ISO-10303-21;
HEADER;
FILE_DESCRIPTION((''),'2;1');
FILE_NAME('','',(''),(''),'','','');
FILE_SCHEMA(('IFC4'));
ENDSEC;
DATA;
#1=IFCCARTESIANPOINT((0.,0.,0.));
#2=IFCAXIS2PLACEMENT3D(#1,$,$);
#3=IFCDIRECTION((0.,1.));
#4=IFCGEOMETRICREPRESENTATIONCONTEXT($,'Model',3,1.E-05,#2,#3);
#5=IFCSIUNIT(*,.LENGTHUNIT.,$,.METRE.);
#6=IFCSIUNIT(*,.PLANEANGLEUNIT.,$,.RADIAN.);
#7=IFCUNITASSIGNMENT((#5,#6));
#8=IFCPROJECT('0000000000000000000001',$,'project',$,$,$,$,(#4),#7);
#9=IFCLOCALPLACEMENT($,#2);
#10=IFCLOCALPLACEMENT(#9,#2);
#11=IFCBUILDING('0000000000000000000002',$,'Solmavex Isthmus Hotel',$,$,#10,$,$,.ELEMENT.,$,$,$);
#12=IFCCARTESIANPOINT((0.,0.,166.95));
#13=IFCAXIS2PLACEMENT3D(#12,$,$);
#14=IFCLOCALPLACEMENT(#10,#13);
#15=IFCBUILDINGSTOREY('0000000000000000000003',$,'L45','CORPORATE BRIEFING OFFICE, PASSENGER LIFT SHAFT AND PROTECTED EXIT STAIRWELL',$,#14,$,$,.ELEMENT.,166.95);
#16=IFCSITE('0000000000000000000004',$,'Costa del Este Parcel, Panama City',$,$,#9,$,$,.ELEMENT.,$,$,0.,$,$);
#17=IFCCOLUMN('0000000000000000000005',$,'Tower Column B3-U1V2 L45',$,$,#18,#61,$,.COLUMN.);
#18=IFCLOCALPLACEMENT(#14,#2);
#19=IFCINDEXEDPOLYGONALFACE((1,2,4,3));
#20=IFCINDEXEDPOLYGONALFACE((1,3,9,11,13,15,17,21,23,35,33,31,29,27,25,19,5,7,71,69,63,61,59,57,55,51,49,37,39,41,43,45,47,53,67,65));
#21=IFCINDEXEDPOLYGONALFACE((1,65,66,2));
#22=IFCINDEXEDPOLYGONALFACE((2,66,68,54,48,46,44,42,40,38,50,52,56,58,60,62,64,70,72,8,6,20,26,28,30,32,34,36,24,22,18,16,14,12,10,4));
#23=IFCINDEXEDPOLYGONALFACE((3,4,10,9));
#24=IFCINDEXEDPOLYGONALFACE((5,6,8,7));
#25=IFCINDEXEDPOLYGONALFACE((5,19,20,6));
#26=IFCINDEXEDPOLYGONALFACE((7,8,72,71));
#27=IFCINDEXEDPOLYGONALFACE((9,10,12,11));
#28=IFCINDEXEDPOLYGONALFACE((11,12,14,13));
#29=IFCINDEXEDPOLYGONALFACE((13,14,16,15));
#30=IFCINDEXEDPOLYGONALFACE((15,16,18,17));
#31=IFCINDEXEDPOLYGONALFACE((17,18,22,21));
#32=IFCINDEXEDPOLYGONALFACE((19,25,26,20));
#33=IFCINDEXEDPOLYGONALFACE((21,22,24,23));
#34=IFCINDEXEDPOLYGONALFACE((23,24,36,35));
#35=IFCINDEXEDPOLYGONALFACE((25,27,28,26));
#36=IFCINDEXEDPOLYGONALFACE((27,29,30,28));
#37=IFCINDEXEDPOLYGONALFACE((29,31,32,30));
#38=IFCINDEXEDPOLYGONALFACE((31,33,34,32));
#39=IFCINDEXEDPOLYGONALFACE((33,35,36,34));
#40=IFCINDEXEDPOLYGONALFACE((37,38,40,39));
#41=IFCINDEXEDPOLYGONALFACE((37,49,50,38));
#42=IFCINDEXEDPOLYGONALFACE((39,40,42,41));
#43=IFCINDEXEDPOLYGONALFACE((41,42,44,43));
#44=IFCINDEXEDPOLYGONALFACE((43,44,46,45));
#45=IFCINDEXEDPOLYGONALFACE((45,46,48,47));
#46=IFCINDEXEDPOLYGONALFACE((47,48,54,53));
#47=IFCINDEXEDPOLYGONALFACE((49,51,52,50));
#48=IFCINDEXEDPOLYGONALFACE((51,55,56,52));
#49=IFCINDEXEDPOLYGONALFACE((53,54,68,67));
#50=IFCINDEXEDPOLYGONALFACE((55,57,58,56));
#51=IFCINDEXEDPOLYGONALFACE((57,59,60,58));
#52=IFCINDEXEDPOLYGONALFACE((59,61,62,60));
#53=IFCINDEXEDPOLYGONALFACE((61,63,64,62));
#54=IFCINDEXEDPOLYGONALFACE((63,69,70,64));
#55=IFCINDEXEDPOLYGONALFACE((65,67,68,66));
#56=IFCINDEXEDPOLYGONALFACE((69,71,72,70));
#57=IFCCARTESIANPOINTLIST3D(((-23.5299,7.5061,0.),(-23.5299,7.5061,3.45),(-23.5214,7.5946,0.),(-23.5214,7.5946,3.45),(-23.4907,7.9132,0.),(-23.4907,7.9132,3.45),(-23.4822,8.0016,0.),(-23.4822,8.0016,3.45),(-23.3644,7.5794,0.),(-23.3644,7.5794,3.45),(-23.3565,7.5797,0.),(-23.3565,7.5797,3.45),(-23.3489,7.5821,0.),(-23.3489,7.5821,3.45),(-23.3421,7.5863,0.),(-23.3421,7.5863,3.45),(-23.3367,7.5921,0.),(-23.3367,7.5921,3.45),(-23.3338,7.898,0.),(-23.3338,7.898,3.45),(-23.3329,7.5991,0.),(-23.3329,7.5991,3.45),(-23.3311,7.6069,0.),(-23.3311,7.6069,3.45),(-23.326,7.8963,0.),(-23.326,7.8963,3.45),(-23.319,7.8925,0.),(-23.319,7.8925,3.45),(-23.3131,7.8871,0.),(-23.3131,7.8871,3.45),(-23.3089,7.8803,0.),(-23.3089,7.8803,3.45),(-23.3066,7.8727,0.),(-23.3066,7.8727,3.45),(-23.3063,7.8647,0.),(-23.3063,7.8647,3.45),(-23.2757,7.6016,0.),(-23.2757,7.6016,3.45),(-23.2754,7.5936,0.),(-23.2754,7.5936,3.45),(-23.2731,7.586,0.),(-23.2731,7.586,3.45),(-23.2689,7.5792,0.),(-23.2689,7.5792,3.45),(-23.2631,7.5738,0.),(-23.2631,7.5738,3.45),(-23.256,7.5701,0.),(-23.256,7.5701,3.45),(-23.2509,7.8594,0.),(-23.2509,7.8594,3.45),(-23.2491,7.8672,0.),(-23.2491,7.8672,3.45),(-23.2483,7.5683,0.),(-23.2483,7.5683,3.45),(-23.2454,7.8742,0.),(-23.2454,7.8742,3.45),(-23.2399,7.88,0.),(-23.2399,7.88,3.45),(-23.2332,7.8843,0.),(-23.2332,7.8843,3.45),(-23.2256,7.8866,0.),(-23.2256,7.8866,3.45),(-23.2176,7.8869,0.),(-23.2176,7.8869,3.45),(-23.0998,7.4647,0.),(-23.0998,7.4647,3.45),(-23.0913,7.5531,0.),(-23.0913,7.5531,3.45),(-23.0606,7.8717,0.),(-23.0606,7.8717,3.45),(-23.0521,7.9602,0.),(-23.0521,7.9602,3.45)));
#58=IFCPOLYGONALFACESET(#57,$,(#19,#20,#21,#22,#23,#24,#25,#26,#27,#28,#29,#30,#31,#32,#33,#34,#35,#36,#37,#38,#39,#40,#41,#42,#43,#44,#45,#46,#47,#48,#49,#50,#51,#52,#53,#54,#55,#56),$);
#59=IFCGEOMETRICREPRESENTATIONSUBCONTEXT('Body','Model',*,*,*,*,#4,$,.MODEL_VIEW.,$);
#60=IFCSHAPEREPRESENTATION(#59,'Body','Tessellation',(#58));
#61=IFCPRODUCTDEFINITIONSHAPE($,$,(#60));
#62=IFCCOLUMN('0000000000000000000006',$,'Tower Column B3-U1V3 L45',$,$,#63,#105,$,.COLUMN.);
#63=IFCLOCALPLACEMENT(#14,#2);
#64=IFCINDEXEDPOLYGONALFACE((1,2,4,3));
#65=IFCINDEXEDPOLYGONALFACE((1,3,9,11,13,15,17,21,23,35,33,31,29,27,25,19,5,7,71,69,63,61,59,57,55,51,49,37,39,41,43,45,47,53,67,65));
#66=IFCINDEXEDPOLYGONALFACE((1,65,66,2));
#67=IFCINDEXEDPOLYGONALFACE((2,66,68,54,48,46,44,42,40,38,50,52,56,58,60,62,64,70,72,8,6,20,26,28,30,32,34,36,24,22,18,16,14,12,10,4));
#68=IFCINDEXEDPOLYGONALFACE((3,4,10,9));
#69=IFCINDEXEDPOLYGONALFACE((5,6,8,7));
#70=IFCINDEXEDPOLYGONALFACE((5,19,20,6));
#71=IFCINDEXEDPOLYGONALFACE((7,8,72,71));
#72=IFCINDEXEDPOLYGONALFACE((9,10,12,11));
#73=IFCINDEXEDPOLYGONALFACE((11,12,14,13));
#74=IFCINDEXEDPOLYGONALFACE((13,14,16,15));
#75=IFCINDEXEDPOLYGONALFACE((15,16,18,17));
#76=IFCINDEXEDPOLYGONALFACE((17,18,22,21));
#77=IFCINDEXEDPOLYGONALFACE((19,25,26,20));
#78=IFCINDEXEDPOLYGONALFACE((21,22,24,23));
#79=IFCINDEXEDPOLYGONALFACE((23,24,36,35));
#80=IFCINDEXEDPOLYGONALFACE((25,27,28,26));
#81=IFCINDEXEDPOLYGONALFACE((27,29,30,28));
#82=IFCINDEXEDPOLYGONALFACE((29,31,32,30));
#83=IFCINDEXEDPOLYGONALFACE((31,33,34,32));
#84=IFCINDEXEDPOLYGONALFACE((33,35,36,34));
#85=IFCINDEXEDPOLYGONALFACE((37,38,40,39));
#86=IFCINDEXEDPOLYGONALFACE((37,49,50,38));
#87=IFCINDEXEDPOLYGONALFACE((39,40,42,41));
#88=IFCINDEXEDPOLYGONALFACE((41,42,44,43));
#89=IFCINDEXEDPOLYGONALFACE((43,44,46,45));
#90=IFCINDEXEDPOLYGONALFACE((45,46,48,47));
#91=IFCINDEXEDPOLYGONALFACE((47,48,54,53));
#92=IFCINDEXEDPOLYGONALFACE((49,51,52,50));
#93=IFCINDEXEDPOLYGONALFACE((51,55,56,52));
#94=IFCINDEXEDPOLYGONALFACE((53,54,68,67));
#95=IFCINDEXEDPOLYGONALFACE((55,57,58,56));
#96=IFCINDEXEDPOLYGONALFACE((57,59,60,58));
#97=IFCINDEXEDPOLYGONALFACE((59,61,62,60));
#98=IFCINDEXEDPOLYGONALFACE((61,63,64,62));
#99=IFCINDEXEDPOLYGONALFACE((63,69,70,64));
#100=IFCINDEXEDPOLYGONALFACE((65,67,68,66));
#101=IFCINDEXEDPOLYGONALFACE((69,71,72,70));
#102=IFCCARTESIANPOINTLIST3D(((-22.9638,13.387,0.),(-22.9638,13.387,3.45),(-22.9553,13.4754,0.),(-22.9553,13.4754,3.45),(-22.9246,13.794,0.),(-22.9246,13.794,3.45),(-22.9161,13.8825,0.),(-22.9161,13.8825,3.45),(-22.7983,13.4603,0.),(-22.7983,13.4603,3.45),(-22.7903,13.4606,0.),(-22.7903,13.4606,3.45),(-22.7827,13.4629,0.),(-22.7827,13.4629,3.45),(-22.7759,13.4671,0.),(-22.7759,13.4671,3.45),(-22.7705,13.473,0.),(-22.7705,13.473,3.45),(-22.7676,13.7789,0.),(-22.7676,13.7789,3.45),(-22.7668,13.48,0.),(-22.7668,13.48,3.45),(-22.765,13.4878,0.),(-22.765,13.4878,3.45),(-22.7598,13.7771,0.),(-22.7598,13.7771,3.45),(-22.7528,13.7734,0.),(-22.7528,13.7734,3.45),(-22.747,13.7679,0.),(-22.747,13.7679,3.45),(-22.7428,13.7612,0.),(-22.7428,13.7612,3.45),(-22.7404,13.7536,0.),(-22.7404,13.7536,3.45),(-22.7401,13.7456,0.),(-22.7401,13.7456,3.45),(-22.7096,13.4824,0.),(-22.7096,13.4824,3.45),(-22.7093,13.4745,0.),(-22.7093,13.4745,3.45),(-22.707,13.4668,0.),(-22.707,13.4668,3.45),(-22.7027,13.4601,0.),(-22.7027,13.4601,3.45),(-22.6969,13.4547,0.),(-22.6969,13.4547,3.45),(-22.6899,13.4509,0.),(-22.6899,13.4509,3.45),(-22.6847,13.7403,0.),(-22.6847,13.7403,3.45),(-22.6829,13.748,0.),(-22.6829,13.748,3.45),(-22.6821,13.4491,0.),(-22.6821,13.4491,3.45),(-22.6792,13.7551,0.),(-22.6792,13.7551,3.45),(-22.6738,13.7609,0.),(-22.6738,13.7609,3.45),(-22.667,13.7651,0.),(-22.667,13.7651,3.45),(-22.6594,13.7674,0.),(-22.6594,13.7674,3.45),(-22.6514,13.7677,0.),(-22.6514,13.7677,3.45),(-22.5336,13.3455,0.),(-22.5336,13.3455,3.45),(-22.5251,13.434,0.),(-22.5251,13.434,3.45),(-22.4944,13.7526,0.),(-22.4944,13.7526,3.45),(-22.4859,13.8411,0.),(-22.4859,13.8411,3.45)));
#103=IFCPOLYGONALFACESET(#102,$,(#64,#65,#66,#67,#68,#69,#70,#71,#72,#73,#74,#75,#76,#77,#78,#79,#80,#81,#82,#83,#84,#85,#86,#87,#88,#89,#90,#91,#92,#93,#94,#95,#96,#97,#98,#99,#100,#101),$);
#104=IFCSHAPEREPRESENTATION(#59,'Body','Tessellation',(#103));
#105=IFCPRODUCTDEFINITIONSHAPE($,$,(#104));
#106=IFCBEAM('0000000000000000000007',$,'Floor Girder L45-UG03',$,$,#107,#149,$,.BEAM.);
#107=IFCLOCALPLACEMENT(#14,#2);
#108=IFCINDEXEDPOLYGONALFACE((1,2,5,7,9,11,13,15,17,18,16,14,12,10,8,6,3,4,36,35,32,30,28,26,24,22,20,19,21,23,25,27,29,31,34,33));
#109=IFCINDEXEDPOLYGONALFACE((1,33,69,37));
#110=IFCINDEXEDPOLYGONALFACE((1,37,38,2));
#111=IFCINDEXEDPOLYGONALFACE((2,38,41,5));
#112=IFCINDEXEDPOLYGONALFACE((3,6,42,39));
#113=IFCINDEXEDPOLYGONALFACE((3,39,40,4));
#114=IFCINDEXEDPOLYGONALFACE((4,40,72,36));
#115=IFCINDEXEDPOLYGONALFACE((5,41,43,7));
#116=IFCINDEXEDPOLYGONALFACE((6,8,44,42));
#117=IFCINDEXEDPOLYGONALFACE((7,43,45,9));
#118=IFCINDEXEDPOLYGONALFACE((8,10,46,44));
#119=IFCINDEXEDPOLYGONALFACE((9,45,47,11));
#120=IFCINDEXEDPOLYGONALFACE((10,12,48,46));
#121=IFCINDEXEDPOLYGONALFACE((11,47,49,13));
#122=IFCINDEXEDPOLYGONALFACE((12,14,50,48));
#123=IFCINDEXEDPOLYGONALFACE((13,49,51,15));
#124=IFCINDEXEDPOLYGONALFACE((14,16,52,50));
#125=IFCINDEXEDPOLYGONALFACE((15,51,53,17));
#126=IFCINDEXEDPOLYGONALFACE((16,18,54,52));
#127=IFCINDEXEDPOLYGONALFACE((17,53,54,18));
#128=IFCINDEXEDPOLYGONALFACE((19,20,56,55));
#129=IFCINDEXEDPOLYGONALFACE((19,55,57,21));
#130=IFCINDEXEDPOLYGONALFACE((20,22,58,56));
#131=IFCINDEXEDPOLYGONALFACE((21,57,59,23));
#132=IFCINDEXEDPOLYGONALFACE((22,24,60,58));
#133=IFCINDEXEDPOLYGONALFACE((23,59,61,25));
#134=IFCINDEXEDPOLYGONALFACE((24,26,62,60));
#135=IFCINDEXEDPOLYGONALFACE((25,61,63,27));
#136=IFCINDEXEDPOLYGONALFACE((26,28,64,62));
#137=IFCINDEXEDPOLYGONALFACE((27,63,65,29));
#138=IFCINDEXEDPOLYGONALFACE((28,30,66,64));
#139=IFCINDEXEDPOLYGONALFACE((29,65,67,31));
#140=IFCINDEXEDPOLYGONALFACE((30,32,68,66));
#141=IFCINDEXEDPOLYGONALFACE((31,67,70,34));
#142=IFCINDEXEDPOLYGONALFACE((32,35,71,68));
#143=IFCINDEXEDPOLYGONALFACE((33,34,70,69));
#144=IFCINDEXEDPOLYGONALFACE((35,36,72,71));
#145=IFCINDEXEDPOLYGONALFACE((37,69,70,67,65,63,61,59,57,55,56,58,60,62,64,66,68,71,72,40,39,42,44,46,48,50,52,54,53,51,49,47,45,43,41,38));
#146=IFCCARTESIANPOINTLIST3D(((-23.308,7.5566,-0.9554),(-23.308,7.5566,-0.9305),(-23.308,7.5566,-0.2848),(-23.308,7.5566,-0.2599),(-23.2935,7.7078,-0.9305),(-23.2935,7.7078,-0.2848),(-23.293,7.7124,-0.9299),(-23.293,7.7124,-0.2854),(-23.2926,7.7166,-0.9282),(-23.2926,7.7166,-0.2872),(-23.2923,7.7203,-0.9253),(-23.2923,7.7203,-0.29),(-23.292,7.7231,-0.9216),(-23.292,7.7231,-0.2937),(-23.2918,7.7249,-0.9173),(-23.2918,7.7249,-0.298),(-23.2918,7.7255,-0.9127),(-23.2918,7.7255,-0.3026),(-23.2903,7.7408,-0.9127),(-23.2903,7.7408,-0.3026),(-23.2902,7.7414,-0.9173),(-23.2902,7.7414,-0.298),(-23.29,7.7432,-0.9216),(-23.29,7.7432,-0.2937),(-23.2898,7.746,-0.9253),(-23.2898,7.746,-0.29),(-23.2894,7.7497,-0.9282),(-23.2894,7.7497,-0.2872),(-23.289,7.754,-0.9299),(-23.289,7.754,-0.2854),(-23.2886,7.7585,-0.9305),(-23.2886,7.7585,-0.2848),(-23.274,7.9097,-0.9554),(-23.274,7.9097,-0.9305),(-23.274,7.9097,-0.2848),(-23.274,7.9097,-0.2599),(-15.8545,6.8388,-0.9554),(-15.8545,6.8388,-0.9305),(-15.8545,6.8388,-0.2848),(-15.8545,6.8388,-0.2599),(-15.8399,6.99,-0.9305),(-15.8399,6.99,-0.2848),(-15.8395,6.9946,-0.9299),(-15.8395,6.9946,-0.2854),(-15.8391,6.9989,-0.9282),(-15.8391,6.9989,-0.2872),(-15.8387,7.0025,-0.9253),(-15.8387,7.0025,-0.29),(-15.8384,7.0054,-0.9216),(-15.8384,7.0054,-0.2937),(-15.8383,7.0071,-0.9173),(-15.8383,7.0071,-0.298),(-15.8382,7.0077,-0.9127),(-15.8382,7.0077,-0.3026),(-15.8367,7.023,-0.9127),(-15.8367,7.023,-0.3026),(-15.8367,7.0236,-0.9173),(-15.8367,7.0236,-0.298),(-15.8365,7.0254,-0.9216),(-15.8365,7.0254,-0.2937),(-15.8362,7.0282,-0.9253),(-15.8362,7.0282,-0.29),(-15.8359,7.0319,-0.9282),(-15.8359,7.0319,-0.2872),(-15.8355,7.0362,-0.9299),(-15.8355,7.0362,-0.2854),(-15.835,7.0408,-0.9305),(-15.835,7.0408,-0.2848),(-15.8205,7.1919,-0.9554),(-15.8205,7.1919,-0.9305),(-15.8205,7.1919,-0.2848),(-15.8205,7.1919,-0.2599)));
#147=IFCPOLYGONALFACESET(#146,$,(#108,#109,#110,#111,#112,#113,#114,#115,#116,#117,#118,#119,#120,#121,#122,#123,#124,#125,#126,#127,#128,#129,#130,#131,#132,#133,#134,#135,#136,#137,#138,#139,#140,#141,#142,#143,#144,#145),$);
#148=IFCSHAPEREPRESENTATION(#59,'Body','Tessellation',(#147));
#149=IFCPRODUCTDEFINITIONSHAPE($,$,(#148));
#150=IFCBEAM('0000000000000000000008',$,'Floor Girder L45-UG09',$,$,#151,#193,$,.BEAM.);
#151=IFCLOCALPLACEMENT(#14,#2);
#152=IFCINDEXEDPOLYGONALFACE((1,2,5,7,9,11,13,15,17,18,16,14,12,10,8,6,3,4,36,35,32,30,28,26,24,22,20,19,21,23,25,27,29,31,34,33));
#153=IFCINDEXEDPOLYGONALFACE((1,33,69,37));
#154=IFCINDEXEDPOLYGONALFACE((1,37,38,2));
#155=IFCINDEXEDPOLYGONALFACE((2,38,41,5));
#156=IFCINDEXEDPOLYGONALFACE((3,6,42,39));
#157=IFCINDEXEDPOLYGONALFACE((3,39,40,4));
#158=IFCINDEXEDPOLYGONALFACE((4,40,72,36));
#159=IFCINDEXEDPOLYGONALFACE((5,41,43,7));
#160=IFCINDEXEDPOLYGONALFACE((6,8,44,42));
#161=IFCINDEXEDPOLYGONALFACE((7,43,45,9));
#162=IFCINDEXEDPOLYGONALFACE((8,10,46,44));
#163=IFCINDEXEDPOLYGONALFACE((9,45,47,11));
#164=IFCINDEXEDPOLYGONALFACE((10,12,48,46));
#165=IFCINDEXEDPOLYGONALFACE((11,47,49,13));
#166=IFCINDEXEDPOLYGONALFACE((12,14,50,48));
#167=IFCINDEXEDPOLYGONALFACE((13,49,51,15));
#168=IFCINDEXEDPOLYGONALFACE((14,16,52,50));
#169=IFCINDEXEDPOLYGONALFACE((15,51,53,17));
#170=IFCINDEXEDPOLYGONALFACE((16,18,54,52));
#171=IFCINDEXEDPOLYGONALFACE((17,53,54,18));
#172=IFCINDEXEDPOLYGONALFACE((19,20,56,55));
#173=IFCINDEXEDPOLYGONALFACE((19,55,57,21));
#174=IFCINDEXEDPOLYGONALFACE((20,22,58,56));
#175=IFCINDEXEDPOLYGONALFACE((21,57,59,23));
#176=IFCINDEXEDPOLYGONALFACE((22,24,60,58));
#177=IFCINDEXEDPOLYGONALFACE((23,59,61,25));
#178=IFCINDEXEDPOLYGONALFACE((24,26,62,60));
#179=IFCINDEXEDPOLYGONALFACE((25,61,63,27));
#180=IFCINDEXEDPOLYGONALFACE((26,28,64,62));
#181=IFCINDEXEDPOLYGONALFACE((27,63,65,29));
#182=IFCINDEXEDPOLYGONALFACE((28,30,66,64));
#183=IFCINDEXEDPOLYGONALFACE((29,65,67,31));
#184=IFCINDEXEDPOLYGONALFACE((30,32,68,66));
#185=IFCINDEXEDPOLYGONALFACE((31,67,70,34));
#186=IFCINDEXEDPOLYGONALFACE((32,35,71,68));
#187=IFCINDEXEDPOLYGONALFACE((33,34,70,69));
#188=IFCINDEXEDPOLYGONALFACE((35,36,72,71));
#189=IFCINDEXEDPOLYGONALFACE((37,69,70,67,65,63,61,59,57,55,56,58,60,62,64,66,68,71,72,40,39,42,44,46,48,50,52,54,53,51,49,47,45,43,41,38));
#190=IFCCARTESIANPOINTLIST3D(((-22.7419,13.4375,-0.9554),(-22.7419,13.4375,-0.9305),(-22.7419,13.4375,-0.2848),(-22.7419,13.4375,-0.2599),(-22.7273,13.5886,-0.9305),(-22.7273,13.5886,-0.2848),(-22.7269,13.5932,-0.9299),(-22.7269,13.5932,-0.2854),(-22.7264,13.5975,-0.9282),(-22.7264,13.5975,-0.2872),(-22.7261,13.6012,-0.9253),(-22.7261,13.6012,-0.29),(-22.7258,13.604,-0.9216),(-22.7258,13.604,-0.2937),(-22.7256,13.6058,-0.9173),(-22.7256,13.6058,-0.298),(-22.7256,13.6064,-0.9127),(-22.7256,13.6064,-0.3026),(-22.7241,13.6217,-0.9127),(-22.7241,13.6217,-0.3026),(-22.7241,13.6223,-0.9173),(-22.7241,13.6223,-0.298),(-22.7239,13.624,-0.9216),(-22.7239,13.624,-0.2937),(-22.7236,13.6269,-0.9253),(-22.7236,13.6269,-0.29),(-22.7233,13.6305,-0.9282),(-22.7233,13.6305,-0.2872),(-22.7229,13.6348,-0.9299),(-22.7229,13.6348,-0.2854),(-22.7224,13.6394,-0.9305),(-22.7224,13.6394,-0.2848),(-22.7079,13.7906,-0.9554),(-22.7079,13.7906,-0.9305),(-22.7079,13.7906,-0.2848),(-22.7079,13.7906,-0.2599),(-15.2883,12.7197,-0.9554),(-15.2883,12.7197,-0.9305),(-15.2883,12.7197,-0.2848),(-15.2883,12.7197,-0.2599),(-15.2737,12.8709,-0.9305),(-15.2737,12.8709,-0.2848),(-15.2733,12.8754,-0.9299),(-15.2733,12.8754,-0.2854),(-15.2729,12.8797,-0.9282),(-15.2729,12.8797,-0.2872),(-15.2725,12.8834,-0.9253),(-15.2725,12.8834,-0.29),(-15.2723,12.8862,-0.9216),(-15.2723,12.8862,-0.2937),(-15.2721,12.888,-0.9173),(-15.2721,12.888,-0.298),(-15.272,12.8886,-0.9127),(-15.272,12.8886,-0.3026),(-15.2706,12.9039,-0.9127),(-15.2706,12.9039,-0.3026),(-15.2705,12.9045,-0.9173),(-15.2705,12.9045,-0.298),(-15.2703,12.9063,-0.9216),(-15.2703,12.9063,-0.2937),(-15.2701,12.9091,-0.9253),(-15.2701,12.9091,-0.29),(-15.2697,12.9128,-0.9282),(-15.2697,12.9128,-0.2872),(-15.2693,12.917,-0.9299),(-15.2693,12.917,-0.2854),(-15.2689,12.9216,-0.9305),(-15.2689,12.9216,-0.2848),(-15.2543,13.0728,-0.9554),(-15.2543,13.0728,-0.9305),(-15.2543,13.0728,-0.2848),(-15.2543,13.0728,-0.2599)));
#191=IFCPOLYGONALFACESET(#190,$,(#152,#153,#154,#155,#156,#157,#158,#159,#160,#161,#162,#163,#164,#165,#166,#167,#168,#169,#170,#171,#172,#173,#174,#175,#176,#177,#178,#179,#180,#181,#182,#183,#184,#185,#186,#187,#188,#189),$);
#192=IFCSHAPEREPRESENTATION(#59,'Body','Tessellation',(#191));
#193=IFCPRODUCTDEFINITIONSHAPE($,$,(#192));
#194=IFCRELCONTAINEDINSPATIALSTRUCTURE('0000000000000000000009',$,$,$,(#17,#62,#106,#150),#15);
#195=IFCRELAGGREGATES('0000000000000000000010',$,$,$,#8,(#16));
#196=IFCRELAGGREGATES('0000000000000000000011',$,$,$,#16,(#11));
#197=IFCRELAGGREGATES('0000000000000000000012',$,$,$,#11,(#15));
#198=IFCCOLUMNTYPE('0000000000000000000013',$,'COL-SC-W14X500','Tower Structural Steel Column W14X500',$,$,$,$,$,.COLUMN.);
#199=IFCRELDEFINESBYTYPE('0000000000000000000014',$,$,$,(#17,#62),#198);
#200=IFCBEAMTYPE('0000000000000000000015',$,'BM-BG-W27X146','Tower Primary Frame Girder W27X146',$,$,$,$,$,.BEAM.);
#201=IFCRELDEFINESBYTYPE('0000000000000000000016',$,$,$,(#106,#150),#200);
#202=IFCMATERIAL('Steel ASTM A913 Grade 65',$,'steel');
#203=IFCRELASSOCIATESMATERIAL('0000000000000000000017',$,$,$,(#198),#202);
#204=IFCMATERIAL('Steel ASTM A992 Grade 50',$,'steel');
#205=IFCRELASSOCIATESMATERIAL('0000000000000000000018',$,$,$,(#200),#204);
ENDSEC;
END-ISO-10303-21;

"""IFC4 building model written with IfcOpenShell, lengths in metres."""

from ifc_helpers import new_model, si_unit, direction, frame, origin, origin_2d, place, context, subcontext, project, spatial, i_section, extrude, material, material_profile, profile_set, type_object, element, save


model = new_model("IFC4")

# Units and contexts
model_context = context("Model", 3, precision=1e-05, world=origin(), true_north=direction((0.0, 1.0)))
body_context = subcontext(model_context, "Body", "Model", "MODEL_VIEW")
ifc_project = project(units=[si_unit("LENGTHUNIT", "METRE"), si_unit("PLANEANGLEUNIT", "RADIAN")], contexts=[model_context])

# Site, building, storey
site_placement = place(None, origin())
site = spatial("IfcSite", under=ifc_project, at=site_placement, Name="Costa del Este Parcel, Panama City", CompositionType="ELEMENT", RefElevation=0.0)
building_placement = place(site_placement, origin())
building = spatial("IfcBuilding", under=site, at=building_placement, Name="Solmavex Isthmus Hotel", CompositionType="ELEMENT")
storey_placement = place(building_placement, frame((0.0, 0.0, 166.95)))
storey = spatial("IfcBuildingStorey", under=building, at=storey_placement, Name="L45", Description="CORPORATE BRIEFING OFFICE, PASSENGER LIFT SHAFT AND PROTECTED EXIT STAIRWELL", CompositionType="ELEMENT", Elevation=166.95)

# Columns
ifc_material_1 = material(Name="Steel ASTM A913 Grade 65", Category="steel")
ifc_material_profile_1 = material_profile(ifc_material_1, i_section(OverallWidth=0.4321, OverallDepth=0.4978, WebThickness=0.0557, FlangeThickness=0.0889, FilletRadius=0.0305, at=origin_2d()), Name="W14X500")
ifc_profile_set_1 = profile_set([ifc_material_profile_1], Name="Steel ASTM A913 Grade 65")
column_type = type_object("IfcColumnType", Name="COL-SC-W14X500", Description="Tower Structural Steel Column W14X500", PredefinedType="COLUMN", material=ifc_profile_set_1)
for number, where, z_axis, x_axis, name in (
    (1, (-23.291, 7.7332, 0.0), (0.0, 0.0, 1.0), (0.995396, -0.095846, 0.0), "Tower Column B3-U1V2 L45"),
    (2, (-22.7249, 13.614, 0.0), (0.0, 0.0, 1.0), (0.995396, -0.095846, 0.0), "Tower Column B3-U1V3 L45"),
):
    element("IfcColumn", number, at=place(storey_placement, frame(where, z_axis=z_axis, x_axis=x_axis)), inside=storey, type_object=column_type, Name=name, PredefinedType="COLUMN", context=body_context, shape_type="SweptSolid", body=[
        extrude(i_section(OverallWidth=0.4321, OverallDepth=0.4978, WebThickness=0.0557, FlangeThickness=0.0889, FilletRadius=0.0305, at=origin_2d()), origin(), (0.0, 0.0, 1.0), 3.45),
    ])

# Beams
ifc_material_2 = material(Name="Steel ASTM A992 Grade 50", Category="steel")
ifc_material_profile_2 = material_profile(ifc_material_2, i_section(OverallWidth=0.3547, OverallDepth=0.6956, WebThickness=0.0154, FlangeThickness=0.0249, FilletRadius=0.0178, at=origin_2d()), Name="W27X146")
ifc_profile_set_2 = profile_set([ifc_material_profile_2], Name="Steel ASTM A992 Grade 50")
beam_type_1 = type_object("IfcBeamType", Name="BM-BG-W27X146", Description="Tower Primary Frame Girder W27X146", PredefinedType="BEAM", material=ifc_profile_set_2)
for number, where, z_axis, x_axis, name in (
    (3, (-23.291, 7.7332, -0.6077), (0.995395, -0.095855, 0.0), (0.095855, 0.995395, 0.0), "Floor Girder L45-UG03"),
    (4, (-22.7249, 13.614, -0.6077), (0.995395, -0.095855, 0.0), (0.095855, 0.995395, 0.0), "Floor Girder L45-UG09"),
):
    element("IfcBeam", number, at=place(storey_placement, frame(where, z_axis=z_axis, x_axis=x_axis)), inside=storey, type_object=beam_type_1, Name=name, PredefinedType="BEAM", context=body_context, shape_type="SweptSolid", body=[
        extrude(i_section(OverallWidth=0.3547, OverallDepth=0.6956, WebThickness=0.0154, FlangeThickness=0.0249, FilletRadius=0.0178, at=origin_2d()), origin(), (0.0, 0.0, 1.0), 7.488),
    ])

save(model, "model.ifc")
